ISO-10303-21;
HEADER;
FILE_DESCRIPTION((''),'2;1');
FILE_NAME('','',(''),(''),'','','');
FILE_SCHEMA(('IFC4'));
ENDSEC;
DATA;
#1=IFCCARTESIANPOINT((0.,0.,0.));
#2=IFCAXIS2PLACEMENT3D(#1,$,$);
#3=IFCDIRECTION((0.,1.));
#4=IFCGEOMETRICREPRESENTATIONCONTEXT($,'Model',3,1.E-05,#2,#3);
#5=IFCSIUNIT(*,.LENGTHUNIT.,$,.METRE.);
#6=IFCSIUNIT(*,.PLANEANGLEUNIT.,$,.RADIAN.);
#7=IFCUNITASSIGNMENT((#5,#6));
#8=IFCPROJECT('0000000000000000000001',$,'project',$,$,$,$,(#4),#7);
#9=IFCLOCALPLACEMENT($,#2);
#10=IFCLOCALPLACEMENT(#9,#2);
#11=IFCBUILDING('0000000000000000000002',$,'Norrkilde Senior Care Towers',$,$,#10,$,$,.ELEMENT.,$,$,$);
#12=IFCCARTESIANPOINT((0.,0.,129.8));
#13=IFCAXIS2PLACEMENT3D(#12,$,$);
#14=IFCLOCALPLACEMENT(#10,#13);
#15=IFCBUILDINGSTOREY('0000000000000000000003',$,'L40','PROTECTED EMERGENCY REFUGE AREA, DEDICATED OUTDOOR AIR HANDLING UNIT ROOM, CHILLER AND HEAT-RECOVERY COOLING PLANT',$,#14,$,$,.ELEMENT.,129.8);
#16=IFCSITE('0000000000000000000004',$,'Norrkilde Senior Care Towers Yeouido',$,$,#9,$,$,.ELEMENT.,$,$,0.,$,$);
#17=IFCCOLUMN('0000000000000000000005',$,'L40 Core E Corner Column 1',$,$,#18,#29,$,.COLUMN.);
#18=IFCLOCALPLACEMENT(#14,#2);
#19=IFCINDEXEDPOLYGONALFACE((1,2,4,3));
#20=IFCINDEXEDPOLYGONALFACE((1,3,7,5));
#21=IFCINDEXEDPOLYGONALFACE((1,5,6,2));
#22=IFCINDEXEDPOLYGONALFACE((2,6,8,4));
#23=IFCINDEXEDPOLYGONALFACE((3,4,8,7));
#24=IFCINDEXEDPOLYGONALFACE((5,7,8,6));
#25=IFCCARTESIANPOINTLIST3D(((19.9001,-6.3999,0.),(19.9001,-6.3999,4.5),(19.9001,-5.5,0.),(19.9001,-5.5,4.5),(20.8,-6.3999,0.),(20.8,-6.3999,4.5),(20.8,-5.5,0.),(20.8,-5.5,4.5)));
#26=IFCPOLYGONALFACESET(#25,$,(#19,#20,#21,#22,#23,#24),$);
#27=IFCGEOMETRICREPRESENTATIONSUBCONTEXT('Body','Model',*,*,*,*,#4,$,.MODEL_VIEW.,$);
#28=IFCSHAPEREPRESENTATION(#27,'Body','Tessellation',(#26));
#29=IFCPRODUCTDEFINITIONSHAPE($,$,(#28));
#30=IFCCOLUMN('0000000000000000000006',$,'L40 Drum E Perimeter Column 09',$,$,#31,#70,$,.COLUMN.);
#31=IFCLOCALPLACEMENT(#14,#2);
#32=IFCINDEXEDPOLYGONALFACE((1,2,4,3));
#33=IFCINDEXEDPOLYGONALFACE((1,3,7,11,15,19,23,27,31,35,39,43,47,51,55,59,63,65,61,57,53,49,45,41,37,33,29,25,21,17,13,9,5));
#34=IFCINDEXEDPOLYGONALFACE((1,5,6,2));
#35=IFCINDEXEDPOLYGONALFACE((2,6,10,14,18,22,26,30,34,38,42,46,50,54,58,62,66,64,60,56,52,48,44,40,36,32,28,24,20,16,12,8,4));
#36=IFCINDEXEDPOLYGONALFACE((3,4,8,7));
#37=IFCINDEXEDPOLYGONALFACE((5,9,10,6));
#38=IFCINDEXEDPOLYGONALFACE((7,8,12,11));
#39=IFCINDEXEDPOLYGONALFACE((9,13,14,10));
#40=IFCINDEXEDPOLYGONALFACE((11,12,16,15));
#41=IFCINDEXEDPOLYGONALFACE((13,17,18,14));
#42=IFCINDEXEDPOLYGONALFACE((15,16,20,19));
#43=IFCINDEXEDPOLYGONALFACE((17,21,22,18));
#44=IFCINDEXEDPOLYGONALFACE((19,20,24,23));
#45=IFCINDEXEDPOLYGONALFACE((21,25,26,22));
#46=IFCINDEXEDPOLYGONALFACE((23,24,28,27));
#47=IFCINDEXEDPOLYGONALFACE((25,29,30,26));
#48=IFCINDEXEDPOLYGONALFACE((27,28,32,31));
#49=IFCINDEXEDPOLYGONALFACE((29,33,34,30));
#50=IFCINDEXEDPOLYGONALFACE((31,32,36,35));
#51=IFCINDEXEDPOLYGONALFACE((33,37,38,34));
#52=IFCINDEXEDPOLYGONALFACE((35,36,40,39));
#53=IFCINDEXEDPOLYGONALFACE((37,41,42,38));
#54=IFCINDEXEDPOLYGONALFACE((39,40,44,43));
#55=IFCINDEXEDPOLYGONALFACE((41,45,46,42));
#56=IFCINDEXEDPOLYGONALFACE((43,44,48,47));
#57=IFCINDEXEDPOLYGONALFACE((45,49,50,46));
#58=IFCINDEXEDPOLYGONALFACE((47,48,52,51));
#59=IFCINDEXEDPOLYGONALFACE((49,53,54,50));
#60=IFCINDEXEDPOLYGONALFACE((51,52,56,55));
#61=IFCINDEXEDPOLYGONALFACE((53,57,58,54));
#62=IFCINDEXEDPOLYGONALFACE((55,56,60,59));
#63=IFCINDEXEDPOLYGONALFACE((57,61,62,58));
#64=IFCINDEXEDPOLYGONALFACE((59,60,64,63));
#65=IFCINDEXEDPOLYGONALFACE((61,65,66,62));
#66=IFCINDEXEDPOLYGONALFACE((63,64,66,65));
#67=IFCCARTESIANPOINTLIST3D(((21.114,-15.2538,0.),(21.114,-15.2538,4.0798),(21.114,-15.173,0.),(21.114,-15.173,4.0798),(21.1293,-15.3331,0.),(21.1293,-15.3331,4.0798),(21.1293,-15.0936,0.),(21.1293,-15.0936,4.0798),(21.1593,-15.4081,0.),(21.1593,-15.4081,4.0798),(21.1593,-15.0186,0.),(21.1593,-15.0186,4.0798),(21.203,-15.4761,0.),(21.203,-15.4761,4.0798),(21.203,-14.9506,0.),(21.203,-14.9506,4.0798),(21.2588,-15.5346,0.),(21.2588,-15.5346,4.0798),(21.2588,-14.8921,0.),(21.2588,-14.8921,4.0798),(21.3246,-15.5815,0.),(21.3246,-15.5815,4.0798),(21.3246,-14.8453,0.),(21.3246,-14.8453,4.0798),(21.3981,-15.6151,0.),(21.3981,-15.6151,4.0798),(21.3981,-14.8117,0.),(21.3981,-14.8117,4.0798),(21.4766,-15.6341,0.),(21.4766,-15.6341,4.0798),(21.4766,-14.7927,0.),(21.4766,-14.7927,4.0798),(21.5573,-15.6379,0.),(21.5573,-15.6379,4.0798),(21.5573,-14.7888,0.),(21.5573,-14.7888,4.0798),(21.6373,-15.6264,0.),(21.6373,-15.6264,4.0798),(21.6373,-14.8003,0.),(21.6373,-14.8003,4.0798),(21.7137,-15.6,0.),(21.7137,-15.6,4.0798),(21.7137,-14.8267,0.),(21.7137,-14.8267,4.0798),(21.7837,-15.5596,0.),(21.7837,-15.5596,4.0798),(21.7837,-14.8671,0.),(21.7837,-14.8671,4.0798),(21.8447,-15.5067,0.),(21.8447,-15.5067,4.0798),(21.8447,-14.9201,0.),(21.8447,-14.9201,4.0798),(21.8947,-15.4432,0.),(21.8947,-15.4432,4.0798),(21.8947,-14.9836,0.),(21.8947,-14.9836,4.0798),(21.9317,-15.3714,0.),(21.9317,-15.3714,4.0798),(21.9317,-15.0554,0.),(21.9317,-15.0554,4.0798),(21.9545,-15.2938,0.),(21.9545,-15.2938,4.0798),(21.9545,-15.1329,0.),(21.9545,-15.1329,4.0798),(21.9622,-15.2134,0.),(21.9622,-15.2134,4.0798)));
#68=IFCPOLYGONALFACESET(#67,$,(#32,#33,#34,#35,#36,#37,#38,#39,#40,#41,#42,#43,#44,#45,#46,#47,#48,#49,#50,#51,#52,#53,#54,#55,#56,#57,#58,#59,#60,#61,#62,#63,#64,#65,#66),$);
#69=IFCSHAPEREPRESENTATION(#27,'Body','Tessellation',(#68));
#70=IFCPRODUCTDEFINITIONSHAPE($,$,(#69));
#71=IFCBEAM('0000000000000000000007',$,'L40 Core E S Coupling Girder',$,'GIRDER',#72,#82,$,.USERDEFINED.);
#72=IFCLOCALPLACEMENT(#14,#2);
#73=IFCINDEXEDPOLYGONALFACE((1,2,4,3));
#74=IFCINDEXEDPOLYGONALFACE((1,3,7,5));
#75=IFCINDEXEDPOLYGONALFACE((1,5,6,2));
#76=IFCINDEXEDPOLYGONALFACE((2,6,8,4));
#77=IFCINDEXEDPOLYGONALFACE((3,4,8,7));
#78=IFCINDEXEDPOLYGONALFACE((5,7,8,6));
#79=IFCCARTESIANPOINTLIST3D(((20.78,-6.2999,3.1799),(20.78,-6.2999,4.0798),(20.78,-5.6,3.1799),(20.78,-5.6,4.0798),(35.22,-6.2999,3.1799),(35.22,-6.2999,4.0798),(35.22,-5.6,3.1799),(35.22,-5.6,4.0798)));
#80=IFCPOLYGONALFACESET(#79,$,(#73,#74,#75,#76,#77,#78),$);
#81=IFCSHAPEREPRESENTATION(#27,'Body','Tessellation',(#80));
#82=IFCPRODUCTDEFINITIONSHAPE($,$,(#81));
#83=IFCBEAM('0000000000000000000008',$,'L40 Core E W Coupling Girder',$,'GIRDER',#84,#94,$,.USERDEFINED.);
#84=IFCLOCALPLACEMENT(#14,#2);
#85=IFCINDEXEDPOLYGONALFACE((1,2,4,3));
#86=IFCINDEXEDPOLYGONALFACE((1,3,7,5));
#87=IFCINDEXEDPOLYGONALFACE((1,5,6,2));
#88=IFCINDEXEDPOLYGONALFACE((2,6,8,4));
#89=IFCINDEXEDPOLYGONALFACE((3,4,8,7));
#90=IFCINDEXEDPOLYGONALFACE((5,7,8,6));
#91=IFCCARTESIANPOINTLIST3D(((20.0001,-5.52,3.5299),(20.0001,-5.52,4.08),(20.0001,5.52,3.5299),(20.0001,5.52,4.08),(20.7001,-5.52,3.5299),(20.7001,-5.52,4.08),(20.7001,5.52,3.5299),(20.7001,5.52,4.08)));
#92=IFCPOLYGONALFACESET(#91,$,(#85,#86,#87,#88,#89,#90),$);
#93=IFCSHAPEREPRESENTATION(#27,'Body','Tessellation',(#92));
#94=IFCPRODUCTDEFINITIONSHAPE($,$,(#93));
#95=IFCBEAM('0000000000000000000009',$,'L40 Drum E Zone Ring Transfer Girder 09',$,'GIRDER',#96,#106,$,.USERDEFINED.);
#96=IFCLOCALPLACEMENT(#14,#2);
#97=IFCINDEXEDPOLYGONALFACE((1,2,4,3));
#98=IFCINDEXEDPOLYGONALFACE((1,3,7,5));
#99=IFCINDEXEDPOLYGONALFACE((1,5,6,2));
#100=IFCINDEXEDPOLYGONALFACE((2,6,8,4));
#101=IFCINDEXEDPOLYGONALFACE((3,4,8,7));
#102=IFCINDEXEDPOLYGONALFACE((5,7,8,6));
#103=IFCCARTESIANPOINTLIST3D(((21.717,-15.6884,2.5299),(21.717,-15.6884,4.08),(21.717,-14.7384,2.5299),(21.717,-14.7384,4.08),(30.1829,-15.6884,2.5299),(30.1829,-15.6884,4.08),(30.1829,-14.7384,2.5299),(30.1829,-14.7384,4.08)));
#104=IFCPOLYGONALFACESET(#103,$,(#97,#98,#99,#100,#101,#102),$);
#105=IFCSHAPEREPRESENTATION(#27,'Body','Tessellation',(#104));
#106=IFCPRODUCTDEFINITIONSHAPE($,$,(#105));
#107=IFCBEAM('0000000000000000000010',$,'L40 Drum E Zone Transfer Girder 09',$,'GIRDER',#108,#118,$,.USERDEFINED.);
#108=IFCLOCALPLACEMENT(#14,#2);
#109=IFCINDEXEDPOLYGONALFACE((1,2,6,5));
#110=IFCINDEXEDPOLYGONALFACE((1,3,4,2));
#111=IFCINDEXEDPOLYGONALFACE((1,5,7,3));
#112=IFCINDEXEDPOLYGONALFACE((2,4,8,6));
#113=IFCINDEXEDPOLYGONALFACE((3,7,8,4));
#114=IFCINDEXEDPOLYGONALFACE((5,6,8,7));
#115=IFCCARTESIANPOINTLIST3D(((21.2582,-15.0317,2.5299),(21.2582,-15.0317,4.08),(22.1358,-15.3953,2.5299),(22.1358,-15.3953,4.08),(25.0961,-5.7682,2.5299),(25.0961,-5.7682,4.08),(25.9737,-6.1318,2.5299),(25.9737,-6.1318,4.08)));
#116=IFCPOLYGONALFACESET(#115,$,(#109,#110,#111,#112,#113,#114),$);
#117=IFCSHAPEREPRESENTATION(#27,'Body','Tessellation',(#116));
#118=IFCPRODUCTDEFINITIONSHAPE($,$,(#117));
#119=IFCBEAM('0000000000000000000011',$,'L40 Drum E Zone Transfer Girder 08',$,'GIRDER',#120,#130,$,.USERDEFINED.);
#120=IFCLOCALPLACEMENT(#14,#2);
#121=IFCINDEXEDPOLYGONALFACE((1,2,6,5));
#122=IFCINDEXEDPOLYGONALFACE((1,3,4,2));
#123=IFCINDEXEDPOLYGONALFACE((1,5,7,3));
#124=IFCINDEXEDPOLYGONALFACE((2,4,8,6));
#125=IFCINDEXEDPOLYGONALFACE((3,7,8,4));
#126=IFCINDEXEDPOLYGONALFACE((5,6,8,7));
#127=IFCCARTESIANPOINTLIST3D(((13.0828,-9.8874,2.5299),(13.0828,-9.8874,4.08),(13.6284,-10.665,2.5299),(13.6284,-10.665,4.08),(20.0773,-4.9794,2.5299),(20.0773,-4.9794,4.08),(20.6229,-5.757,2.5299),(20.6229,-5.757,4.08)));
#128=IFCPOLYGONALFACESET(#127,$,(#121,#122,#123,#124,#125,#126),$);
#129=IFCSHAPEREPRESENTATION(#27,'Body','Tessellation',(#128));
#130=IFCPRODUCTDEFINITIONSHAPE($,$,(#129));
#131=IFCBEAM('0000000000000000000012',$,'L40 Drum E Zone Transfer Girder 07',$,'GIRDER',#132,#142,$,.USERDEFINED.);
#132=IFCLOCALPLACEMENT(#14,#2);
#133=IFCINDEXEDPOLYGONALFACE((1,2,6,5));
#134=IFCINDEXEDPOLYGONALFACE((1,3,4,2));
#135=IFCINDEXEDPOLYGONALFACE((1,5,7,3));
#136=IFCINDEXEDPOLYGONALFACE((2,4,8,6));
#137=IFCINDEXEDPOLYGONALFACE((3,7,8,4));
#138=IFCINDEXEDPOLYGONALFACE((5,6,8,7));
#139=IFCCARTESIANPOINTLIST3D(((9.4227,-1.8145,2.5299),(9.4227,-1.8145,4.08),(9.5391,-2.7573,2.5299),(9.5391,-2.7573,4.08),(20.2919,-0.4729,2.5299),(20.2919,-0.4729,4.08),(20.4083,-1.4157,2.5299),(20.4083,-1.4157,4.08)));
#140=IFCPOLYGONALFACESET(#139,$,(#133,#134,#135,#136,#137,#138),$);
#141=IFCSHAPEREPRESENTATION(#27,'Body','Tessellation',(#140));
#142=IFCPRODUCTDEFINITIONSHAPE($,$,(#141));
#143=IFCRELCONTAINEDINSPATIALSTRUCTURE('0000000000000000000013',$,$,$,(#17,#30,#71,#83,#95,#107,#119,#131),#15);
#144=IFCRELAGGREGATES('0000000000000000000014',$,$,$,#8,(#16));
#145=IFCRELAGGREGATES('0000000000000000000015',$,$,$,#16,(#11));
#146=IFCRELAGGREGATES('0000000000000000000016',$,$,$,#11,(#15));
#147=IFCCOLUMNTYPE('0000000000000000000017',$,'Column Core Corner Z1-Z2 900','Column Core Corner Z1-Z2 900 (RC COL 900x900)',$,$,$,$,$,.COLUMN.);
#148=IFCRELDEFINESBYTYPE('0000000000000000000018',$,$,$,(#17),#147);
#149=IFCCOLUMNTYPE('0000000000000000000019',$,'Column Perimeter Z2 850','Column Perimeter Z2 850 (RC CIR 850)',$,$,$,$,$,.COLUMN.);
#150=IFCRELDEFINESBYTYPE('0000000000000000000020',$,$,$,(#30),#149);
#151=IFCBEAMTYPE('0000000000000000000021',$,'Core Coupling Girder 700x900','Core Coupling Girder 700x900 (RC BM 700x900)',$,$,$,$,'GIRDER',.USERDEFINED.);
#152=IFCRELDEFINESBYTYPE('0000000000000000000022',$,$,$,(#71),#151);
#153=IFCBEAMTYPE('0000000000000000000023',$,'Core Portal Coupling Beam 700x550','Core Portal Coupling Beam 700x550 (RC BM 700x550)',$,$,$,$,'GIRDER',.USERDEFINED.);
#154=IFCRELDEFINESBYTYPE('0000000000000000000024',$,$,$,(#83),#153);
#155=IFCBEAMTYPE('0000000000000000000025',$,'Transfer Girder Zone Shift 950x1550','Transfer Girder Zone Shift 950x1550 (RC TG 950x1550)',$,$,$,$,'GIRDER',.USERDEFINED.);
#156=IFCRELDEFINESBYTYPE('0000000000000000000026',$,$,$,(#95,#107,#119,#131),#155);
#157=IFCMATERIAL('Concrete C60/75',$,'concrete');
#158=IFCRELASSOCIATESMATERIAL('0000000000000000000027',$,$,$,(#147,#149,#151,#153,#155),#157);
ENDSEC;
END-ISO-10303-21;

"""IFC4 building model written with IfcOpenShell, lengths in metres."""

from ifc_helpers import new_model, si_unit, direction, frame, origin, origin_2d, place, context, subcontext, project, spatial, rectangle, circle, extrude, source, transform, mapped, material, material_profile, profile_set, type_object, type_shapes, element, save


model = new_model("IFC4")

# Units and contexts
model_context = context("Model", 3, precision=1e-05, world=origin(), true_north=direction((0.0, 1.0)))
body_context = subcontext(model_context, "Body", "Model", "MODEL_VIEW")
ifc_project = project(units=[si_unit("LENGTHUNIT", "METRE"), si_unit("PLANEANGLEUNIT", "RADIAN")], contexts=[model_context])

# Site, building, storey
site_placement = place(None, origin())
site = spatial("IfcSite", under=ifc_project, at=site_placement, Name="Norrkilde Senior Care Towers Yeouido", CompositionType="ELEMENT", RefElevation=0.0)
building_placement = place(site_placement, origin())
building = spatial("IfcBuilding", under=site, at=building_placement, Name="Norrkilde Senior Care Towers", CompositionType="ELEMENT")
storey_placement = place(building_placement, frame((0.0, 0.0, 129.8)))
storey = spatial("IfcBuildingStorey", under=building, at=storey_placement, Name="L40", Description="PROTECTED EMERGENCY REFUGE AREA, DEDICATED OUTDOOR AIR HANDLING UNIT ROOM, CHILLER AND HEAT-RECOVERY COOLING PLANT", CompositionType="ELEMENT", Elevation=129.8)

# Columns
ifc_material_1 = material(Name="Concrete C60/75", Category="concrete")
ifc_material_profile_1 = material_profile(ifc_material_1, rectangle(XDim=0.8999, YDim=0.8999, at=origin_2d()), Name="RC COL 900x900")
ifc_profile_set_1 = profile_set([ifc_material_profile_1], Name="Concrete C60/75")
column_type_1 = type_object("IfcColumnType", Name="Column Core Corner Z1-Z2 900", Description="Column Core Corner Z1-Z2 900 (RC COL 900x900)", PredefinedType="COLUMN", material=ifc_profile_set_1)
shared_shape_1 = source(origin(), body_context, "Body", "SweptSolid", [
    extrude(rectangle(XDim=0.8999, YDim=0.8999, at=origin_2d()), origin(), (0.0, 0.0, 1.0), 4.5),
])
type_shapes(column_type_1, [shared_shape_1])
column_1_placement = place(storey_placement, frame((20.3501, -5.95, 0.0), z_axis=(0.0, 0.0, 1.0), x_axis=(1.0, 0.0, 0.0)))
element("IfcColumn", 1, at=column_1_placement, inside=storey, type_object=column_type_1, Name="L40 Core E Corner Column 1", PredefinedType="COLUMN", context=body_context, shape_type="MappedRepresentation", body=[
    mapped(shared_shape_1, transform((0.0, 0.0, 0.0), x_axis=(1.0, 0.0, 0.0), y_axis=(0.0, 1.0, 0.0), z_axis=(0.0, 0.0, 1.0), scale=1.0)),
])
ifc_material_profile_2 = material_profile(ifc_material_1, circle(Radius=0.425, at=origin_2d()), Name="RC CIR 850")
ifc_profile_set_2 = profile_set([ifc_material_profile_2], Name="Concrete C60/75")
column_type_2 = type_object("IfcColumnType", Name="Column Perimeter Z2 850", Description="Column Perimeter Z2 850 (RC CIR 850)", PredefinedType="COLUMN", material=ifc_profile_set_2)
shared_shape_2 = source(origin(), body_context, "Body", "SweptSolid", [
    extrude(circle(Radius=0.425, at=origin_2d()), origin(), (0.0, 0.0, 1.0), 4.0798),
])
type_shapes(column_type_2, [shared_shape_2])
column_2_placement = place(storey_placement, frame((21.5371, -15.2134, 0.0), z_axis=(0.0, 0.0, 1.0), x_axis=(1.0, 0.0, 0.0)))
element("IfcColumn", 2, at=column_2_placement, inside=storey, type_object=column_type_2, Name="L40 Drum E Perimeter Column 09", PredefinedType="COLUMN", context=body_context, shape_type="MappedRepresentation", body=[
    mapped(shared_shape_2, transform((0.0, 0.0, 0.0), x_axis=(1.0, 0.0, 0.0), y_axis=(0.0, 1.0, 0.0), z_axis=(0.0, 0.0, 1.0), scale=1.0)),
])

# Beams
ifc_material_profile_3 = material_profile(ifc_material_1, rectangle(XDim=0.7, YDim=0.8999, at=origin_2d()), Name="RC BM 700x900")
ifc_profile_set_3 = profile_set([ifc_material_profile_3], Name="Concrete C60/75")
beam_type_1 = type_object("IfcBeamType", Name="Core Coupling Girder 700x900", Description="Core Coupling Girder 700x900 (RC BM 700x900)", ElementType="GIRDER", PredefinedType="USERDEFINED", material=ifc_profile_set_3)
shared_shape_3 = source(origin(), body_context, "Body", "SweptSolid", [
    extrude(rectangle(XDim=0.7, YDim=0.8999, at=origin_2d()), origin(), (0.0, 0.0, 1.0), 14.4399),
])
type_shapes(beam_type_1, [shared_shape_3])
beam_1_placement = place(storey_placement, frame((20.78, -5.95, 3.6299), z_axis=(1.0, 0.0, 0.0), x_axis=(0.0, 1.0, 0.0)))
element("IfcBeam", 3, at=beam_1_placement, inside=storey, type_object=beam_type_1, Name="L40 Core E S Coupling Girder", ObjectType="GIRDER", PredefinedType="USERDEFINED", context=body_context, shape_type="MappedRepresentation", body=[
    mapped(shared_shape_3, transform((0.0, 0.0, 0.0), x_axis=(1.0, 0.0, 0.0), y_axis=(0.0, 1.0, 0.0), z_axis=(0.0, 0.0, 1.0), scale=1.0)),
])
ifc_material_profile_4 = material_profile(ifc_material_1, rectangle(XDim=0.7, YDim=0.55, at=origin_2d()), Name="RC BM 700x550")
ifc_profile_set_4 = profile_set([ifc_material_profile_4], Name="Concrete C60/75")
beam_type_2 = type_object("IfcBeamType", Name="Core Portal Coupling Beam 700x550", Description="Core Portal Coupling Beam 700x550 (RC BM 700x550)", ElementType="GIRDER", PredefinedType="USERDEFINED", material=ifc_profile_set_4)
shared_shape_4 = source(origin(), body_context, "Body", "SweptSolid", [
    extrude(rectangle(XDim=0.7, YDim=0.55, at=origin_2d()), origin(), (0.0, 0.0, 1.0), 11.04),
])
type_shapes(beam_type_2, [shared_shape_4])
beam_2_placement = place(storey_placement, frame((20.3501, -5.52, 3.8049), z_axis=(0.0, 1.0, 0.0), x_axis=(-1.0, 0.0, 0.0)))
element("IfcBeam", 4, at=beam_2_placement, inside=storey, type_object=beam_type_2, Name="L40 Core E W Coupling Girder", ObjectType="GIRDER", PredefinedType="USERDEFINED", context=body_context, shape_type="MappedRepresentation", body=[
    mapped(shared_shape_4, transform((0.0, 0.0, 0.0), x_axis=(1.0, 0.0, 0.0), y_axis=(0.0, 1.0, 0.0), z_axis=(0.0, 0.0, 1.0), scale=1.0)),
])
ifc_material_profile_5 = material_profile(ifc_material_1, rectangle(XDim=0.95, YDim=1.55, at=origin_2d()), Name="RC TG 950x1550")
ifc_profile_set_5 = profile_set([ifc_material_profile_5], Name="Concrete C60/75")
beam_type_3 = type_object("IfcBeamType", Name="Transfer Girder Zone Shift 950x1550", Description="Transfer Girder Zone Shift 950x1550 (RC TG 950x1550)", ElementType="GIRDER", PredefinedType="USERDEFINED", material=ifc_profile_set_5)
shared_shape_5 = source(origin(), body_context, "Body", "SweptSolid", [
    extrude(rectangle(XDim=0.95, YDim=1.55, at=origin_2d()), origin(), (0.0, 0.0, 1.0), 8.4658),
])
beam_3_placement = place(storey_placement, frame((21.717, -15.2134, 3.3049), z_axis=(1.0, 0.0, 0.0), x_axis=(0.0, 1.0, 0.0)))
element("IfcBeam", 5, at=beam_3_placement, inside=storey, type_object=beam_type_3, Name="L40 Drum E Zone Ring Transfer Girder 09", ObjectType="GIRDER", PredefinedType="USERDEFINED", context=body_context, shape_type="MappedRepresentation", body=[
    mapped(shared_shape_5, transform((0.0, 0.0, 0.0), x_axis=(1.0, 0.0, 0.0), y_axis=(0.0, 1.0, 0.0), z_axis=(0.0, 0.0, 1.0), scale=1.0)),
])
shared_shape_6 = source(origin(), body_context, "Body", "SweptSolid", [
    extrude(rectangle(XDim=0.95, YDim=1.55, at=origin_2d()), origin(), (0.0, 0.0, 1.0), 10.0271),
])
beam_4_placement = place(storey_placement, frame((25.5349, -5.95, 3.3049), z_axis=(-0.382756, -0.923849, 0.0), x_axis=(0.923849, -0.382756, 0.0)))
element("IfcBeam", 6, at=beam_4_placement, inside=storey, type_object=beam_type_3, Name="L40 Drum E Zone Transfer Girder 09", ObjectType="GIRDER", PredefinedType="USERDEFINED", context=body_context, shape_type="MappedRepresentation", body=[
    mapped(shared_shape_6, transform((0.0, 0.0, 0.0), x_axis=(1.0, 0.0, 0.0), y_axis=(0.0, 1.0, 0.0), z_axis=(0.0, 0.0, 1.0), scale=1.0)),
])
shared_shape_7 = source(origin(), body_context, "Body", "SweptSolid", [
    extrude(rectangle(XDim=0.95, YDim=1.55, at=origin_2d()), origin(), (0.0, 0.0, 1.0), 8.5447),
])
beam_5_placement = place(storey_placement, frame((20.3501, -5.3682, 3.3049), z_axis=(-0.818578, -0.574396, 0.0), x_axis=(0.574396, -0.818578, 0.0)))
element("IfcBeam", 7, at=beam_5_placement, inside=storey, type_object=beam_type_3, Name="L40 Drum E Zone Transfer Girder 08", ObjectType="GIRDER", PredefinedType="USERDEFINED", context=body_context, shape_type="MappedRepresentation", body=[
    mapped(shared_shape_7, transform((0.0, 0.0, 0.0), x_axis=(1.0, 0.0, 0.0), y_axis=(0.0, 1.0, 0.0), z_axis=(0.0, 0.0, 1.0), scale=1.0)),
])
shared_shape_8 = source(origin(), body_context, "Body", "SweptSolid", [
    extrude(rectangle(XDim=0.95, YDim=1.55, at=origin_2d()), origin(), (0.0, 0.0, 1.0), 10.9517),
])
beam_6_placement = place(storey_placement, frame((20.3501, -0.9443, 3.3049), z_axis=(-0.992469, -0.122498, 0.0), x_axis=(0.122498, -0.992469, 0.0)))
element("IfcBeam", 8, at=beam_6_placement, inside=storey, type_object=beam_type_3, Name="L40 Drum E Zone Transfer Girder 07", ObjectType="GIRDER", PredefinedType="USERDEFINED", context=body_context, shape_type="MappedRepresentation", body=[
    mapped(shared_shape_8, transform((0.0, 0.0, 0.0), x_axis=(1.0, 0.0, 0.0), y_axis=(0.0, 1.0, 0.0), z_axis=(0.0, 0.0, 1.0), scale=1.0)),
])

save(model, "model.ifc")
